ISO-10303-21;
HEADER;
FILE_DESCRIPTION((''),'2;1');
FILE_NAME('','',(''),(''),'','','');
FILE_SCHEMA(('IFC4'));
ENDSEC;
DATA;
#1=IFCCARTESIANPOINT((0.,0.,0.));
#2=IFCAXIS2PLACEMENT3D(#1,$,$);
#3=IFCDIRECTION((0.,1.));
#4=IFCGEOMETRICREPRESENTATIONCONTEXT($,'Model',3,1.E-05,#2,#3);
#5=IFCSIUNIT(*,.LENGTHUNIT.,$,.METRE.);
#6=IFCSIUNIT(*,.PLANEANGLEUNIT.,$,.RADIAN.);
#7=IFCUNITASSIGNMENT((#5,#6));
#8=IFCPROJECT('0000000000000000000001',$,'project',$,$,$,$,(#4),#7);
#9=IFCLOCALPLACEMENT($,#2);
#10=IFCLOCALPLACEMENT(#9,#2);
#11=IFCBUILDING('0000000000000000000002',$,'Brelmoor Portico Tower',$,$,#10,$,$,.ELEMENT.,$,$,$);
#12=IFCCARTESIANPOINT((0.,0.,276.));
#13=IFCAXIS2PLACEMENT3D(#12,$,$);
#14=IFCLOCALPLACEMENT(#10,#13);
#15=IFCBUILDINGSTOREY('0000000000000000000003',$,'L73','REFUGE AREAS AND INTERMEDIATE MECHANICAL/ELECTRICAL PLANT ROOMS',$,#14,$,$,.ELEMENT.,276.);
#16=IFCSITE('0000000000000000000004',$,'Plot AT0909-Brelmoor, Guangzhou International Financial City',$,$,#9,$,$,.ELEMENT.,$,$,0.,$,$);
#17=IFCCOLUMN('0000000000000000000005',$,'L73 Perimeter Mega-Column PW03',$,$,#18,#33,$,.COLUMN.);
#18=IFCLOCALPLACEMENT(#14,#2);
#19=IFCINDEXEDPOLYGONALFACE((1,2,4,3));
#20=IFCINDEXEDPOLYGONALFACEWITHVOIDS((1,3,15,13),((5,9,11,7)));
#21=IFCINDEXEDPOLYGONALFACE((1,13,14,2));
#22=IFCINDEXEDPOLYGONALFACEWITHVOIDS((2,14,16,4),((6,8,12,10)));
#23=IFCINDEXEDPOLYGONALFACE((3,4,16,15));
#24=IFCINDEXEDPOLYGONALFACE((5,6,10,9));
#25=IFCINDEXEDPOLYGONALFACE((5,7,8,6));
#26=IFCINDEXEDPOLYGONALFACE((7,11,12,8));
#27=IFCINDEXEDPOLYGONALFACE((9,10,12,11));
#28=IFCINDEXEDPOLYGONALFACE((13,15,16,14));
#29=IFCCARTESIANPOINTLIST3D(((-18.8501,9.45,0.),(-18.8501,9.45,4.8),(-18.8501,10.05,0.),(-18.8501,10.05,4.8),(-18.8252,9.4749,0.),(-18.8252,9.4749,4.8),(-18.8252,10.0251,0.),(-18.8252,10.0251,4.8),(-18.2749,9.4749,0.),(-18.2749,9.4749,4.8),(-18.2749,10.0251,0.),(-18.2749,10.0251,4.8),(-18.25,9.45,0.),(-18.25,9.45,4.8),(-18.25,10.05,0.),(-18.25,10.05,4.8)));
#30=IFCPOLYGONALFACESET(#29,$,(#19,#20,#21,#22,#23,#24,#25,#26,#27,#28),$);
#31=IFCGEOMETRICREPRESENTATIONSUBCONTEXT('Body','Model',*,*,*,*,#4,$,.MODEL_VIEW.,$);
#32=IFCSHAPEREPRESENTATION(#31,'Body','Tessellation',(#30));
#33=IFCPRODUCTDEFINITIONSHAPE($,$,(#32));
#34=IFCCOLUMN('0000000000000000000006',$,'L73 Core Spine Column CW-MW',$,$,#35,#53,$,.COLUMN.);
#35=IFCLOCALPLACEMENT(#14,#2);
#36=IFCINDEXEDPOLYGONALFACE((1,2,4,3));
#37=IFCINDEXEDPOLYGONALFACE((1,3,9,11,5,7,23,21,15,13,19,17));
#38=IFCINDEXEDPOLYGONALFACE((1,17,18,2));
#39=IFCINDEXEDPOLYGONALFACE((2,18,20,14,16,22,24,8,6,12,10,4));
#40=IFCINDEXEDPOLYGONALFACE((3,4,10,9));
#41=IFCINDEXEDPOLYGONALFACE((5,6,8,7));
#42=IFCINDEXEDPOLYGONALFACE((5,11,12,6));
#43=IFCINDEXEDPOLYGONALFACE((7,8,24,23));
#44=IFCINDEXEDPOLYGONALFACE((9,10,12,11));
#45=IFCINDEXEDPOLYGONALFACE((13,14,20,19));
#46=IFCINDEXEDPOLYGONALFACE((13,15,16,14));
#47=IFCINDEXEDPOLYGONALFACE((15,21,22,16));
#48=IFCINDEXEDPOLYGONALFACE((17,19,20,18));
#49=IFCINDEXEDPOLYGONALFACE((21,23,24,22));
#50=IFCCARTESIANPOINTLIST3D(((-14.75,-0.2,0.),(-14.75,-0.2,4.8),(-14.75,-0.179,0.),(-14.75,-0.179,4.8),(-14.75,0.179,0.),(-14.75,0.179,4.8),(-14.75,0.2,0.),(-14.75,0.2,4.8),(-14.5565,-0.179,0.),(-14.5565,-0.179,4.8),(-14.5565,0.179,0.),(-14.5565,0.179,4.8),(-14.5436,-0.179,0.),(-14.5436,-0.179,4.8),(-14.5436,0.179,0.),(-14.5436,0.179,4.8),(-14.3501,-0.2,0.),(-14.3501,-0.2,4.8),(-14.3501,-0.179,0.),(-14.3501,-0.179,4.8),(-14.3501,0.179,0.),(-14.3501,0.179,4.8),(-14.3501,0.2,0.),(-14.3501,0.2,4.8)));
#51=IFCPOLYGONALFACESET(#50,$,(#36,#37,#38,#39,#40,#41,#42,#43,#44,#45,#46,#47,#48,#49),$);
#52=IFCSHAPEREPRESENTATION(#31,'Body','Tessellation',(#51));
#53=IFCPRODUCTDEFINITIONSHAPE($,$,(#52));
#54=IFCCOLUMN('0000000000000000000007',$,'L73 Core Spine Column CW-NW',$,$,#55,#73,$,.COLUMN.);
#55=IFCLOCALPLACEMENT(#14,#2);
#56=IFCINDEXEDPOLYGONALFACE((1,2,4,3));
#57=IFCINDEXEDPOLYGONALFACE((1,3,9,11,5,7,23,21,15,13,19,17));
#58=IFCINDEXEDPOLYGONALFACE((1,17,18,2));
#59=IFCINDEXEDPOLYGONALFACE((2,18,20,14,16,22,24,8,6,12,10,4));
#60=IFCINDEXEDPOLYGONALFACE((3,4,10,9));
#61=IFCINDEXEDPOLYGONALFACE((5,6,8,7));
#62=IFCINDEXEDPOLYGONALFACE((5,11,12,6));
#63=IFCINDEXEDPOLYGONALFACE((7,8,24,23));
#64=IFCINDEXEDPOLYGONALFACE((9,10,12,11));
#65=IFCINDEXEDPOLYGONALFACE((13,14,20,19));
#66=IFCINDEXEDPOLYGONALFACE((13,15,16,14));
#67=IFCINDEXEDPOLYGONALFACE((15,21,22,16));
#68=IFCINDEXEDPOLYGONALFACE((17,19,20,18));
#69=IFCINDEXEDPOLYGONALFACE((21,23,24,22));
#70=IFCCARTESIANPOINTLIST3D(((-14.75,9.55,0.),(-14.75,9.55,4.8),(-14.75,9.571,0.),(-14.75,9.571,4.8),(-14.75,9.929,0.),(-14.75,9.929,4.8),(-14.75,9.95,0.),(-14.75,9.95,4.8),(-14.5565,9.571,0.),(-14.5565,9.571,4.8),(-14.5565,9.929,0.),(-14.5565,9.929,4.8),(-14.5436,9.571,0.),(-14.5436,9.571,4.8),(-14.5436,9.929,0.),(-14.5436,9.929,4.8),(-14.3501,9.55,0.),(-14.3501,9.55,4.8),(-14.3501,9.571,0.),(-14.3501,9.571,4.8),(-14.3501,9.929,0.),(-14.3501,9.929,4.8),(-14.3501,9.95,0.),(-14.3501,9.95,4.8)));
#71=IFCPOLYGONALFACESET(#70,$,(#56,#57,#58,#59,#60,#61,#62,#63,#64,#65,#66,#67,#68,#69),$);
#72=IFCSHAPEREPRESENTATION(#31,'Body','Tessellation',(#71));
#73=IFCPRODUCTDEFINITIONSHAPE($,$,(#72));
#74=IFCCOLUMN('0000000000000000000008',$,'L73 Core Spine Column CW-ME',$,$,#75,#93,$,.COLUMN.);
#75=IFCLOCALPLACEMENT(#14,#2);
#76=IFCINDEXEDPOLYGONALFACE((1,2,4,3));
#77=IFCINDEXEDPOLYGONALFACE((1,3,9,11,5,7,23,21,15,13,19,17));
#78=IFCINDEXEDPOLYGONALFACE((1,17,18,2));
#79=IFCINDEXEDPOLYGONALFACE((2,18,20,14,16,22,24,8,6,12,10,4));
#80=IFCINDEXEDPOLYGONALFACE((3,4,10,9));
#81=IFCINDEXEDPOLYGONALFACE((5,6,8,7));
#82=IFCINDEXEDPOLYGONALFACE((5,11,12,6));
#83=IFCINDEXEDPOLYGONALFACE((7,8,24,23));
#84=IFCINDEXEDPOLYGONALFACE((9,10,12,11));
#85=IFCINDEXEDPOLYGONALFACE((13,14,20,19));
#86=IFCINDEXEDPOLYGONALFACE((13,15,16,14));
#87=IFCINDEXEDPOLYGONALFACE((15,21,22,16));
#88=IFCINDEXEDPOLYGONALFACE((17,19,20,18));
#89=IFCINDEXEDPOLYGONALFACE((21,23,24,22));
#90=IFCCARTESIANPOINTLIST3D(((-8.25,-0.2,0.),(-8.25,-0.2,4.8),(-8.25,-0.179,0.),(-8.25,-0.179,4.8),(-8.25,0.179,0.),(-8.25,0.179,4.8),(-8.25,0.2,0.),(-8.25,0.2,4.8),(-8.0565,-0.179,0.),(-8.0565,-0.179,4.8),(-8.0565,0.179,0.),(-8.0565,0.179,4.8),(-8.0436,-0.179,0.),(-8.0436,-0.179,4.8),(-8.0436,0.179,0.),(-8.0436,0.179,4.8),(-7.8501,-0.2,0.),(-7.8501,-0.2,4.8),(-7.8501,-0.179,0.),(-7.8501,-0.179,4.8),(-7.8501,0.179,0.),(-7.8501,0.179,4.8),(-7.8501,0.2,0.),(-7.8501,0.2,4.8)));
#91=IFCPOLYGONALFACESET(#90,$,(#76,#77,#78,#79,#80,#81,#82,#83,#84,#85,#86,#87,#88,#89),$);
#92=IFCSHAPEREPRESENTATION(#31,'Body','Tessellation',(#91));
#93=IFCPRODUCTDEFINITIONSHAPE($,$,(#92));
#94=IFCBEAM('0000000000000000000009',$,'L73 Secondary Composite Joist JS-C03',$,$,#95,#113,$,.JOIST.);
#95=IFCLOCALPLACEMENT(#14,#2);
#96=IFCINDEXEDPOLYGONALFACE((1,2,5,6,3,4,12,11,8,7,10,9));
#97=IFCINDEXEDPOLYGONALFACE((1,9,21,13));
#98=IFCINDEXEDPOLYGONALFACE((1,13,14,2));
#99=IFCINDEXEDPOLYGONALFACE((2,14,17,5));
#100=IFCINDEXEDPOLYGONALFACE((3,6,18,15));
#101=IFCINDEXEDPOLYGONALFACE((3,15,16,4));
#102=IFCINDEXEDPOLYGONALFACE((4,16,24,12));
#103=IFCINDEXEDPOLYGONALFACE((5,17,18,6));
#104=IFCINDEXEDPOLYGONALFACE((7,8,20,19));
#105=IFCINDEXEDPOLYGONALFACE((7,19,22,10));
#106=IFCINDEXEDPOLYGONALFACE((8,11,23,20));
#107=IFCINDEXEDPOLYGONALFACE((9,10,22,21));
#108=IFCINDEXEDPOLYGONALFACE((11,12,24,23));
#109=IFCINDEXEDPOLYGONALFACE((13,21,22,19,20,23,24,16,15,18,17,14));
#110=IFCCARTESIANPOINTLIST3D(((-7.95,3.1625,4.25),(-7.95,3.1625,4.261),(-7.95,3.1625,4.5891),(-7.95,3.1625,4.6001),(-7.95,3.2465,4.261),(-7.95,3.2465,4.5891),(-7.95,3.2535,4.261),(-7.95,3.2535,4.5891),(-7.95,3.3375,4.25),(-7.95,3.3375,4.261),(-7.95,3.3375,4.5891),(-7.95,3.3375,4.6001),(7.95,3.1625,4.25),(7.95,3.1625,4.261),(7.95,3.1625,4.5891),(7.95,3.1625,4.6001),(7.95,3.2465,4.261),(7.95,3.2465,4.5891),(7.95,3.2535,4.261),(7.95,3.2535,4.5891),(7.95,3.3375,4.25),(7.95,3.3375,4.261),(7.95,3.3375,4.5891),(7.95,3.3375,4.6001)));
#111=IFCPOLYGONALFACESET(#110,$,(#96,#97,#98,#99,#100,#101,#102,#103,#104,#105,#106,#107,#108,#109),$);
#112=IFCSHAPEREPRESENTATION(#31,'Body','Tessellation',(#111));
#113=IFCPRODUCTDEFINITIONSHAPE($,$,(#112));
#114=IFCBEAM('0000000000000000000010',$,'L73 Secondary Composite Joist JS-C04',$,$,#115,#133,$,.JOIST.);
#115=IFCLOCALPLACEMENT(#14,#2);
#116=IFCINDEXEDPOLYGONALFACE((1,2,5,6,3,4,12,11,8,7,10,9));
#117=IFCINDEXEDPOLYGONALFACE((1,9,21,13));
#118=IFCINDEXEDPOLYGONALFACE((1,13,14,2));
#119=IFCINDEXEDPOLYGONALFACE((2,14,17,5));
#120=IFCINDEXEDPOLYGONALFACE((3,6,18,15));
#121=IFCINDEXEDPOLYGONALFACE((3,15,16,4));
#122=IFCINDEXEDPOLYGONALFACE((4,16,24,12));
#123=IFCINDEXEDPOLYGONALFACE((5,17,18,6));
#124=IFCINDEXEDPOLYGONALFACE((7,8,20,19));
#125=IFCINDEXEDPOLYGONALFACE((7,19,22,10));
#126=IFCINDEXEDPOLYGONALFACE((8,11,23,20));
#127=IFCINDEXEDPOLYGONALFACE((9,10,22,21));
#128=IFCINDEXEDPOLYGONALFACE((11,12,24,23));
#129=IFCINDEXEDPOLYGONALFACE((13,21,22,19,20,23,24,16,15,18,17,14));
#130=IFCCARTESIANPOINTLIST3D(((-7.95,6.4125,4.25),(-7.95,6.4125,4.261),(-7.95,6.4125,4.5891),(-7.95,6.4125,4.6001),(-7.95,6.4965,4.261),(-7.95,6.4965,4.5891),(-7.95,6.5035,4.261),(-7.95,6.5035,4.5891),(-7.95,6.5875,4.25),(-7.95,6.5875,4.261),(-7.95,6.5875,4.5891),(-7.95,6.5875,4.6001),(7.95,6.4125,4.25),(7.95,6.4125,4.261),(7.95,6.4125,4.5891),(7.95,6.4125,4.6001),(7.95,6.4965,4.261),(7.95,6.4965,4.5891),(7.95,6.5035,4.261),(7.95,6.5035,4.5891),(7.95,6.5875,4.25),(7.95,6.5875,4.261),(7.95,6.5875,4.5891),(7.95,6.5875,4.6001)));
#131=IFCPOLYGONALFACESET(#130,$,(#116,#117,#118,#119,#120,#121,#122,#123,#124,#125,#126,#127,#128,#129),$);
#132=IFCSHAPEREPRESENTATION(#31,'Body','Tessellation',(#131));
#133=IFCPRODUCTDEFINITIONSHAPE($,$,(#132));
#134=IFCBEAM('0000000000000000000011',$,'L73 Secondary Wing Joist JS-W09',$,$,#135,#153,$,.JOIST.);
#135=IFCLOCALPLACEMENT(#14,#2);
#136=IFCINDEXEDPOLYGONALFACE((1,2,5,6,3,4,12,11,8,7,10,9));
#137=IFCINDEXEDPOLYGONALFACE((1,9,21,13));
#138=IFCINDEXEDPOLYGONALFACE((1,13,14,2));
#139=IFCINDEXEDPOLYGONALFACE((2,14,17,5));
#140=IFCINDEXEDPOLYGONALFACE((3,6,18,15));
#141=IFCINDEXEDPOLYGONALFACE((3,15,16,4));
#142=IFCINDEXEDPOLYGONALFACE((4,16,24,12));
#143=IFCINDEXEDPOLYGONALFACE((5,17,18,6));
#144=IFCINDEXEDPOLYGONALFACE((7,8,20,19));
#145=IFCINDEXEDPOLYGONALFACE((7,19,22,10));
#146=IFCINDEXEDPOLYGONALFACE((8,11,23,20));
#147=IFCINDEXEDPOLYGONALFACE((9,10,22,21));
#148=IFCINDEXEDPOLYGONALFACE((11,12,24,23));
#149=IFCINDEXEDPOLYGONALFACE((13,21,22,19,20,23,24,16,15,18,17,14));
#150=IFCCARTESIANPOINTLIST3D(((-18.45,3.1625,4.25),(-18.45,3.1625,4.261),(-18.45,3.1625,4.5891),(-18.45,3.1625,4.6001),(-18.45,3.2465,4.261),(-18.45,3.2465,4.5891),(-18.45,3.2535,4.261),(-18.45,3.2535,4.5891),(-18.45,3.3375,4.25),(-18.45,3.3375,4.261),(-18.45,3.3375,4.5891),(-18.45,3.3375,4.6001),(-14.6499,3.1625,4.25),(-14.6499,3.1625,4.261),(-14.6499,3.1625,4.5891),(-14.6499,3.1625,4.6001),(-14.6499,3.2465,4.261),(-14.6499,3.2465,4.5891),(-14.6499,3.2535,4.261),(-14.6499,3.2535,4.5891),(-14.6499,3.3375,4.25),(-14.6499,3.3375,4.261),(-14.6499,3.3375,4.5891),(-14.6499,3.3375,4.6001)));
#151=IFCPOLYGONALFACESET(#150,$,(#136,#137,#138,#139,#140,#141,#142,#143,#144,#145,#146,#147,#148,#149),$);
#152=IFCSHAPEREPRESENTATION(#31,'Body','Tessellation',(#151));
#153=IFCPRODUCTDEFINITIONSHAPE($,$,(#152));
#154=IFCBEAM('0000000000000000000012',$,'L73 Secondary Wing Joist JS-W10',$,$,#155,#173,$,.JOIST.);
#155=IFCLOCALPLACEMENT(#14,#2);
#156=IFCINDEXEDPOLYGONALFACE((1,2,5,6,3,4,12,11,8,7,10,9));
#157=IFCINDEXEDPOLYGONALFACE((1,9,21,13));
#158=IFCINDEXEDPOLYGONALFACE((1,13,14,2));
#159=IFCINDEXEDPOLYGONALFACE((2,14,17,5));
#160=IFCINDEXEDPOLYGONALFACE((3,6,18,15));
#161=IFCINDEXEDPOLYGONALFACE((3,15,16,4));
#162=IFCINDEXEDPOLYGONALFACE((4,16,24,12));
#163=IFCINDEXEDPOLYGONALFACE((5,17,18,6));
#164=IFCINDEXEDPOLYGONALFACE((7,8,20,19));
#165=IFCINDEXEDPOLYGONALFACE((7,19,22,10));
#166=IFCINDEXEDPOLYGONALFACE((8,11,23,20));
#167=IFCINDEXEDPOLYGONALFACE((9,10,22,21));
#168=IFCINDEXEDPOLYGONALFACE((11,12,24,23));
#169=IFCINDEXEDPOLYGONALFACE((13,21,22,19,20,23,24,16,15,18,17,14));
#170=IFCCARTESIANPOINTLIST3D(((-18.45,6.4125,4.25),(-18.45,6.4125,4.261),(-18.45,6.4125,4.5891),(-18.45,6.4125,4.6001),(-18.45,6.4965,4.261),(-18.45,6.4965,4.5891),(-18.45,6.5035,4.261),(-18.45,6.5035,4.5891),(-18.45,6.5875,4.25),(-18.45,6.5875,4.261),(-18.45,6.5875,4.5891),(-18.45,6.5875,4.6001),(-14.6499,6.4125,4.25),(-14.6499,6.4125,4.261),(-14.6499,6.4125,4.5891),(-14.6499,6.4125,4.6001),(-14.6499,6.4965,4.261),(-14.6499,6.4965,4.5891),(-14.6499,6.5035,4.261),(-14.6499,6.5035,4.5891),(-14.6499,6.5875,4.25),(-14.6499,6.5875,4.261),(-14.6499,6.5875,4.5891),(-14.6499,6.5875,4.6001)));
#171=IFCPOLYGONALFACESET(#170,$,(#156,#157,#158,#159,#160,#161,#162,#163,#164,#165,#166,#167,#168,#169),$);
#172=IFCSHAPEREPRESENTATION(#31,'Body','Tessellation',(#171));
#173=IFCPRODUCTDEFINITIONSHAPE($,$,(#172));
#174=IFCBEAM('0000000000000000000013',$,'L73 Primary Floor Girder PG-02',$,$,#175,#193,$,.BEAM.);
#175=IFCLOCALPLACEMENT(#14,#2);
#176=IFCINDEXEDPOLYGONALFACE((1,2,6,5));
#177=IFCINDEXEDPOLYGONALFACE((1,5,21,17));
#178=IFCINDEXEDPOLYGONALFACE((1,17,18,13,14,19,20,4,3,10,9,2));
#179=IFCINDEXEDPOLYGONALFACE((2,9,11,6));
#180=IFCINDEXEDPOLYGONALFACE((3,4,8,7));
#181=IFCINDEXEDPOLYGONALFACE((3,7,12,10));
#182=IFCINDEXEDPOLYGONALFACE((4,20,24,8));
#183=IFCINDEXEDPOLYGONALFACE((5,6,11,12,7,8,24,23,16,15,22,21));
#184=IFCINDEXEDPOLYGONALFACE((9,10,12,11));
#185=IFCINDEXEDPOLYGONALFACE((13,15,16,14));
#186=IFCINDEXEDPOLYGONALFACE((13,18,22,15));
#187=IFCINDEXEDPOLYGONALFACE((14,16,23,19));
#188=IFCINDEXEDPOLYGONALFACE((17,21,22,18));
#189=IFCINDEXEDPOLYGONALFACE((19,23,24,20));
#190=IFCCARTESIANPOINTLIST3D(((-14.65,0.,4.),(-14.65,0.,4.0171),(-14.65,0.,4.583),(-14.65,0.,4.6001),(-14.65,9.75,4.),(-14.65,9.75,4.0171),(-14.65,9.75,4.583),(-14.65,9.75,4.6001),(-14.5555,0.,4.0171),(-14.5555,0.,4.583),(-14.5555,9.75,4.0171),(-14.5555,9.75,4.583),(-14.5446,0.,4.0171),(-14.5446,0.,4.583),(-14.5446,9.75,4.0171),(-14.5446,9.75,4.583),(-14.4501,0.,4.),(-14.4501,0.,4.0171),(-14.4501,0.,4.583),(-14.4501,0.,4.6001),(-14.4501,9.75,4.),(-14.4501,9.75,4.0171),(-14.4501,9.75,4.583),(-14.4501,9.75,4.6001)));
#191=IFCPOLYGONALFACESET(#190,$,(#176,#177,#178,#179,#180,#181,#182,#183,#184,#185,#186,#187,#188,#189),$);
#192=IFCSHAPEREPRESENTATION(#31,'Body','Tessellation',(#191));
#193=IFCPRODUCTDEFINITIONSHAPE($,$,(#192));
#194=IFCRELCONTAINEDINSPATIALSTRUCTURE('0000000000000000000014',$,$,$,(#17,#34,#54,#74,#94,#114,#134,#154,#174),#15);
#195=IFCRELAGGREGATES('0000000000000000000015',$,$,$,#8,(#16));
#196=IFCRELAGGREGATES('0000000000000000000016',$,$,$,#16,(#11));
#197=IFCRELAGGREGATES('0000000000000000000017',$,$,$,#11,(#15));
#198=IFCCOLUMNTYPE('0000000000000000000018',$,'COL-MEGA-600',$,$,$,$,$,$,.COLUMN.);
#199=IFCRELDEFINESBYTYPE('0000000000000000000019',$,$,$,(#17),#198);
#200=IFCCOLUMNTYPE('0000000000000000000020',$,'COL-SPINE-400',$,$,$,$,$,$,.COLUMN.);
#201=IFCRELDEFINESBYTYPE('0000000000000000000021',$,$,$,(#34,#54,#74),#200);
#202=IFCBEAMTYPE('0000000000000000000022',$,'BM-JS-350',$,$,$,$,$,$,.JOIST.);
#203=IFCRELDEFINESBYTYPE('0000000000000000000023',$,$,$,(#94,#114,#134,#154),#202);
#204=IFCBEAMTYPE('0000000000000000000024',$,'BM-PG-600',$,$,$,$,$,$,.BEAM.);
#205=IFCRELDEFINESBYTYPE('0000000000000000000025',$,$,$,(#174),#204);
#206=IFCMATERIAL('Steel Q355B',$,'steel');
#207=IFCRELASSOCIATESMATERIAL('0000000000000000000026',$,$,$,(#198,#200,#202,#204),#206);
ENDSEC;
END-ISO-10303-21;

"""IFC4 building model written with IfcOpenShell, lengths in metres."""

from ifc_helpers import new_model, si_unit, direction, frame, origin, origin_2d, place, context, subcontext, project, spatial, hollow_rectangle, i_section, extrude, material, material_profile, profile_set, type_object, element, save


model = new_model("IFC4")

# Units and contexts
model_context = context("Model", 3, precision=1e-05, world=origin(), true_north=direction((0.0, 1.0)))
body_context = subcontext(model_context, "Body", "Model", "MODEL_VIEW")
ifc_project = project(units=[si_unit("LENGTHUNIT", "METRE"), si_unit("PLANEANGLEUNIT", "RADIAN")], contexts=[model_context])

# Site, building, storey
site_placement = place(None, origin())
site = spatial("IfcSite", under=ifc_project, at=site_placement, Name="Plot AT0909-Brelmoor, Guangzhou International Financial City", CompositionType="ELEMENT", RefElevation=0.0)
building_placement = place(site_placement, origin())
building = spatial("IfcBuilding", under=site, at=building_placement, Name="Brelmoor Portico Tower", CompositionType="ELEMENT")
storey_placement = place(building_placement, frame((0.0, 0.0, 276.0)))
storey = spatial("IfcBuildingStorey", under=building, at=storey_placement, Name="L73", Description="REFUGE AREAS AND INTERMEDIATE MECHANICAL/ELECTRICAL PLANT ROOMS", CompositionType="ELEMENT", Elevation=276.0)

# Columns
ifc_material_1 = material(Name="Steel Q355B", Category="steel")
ifc_material_profile_1 = material_profile(ifc_material_1, hollow_rectangle(XDim=0.6001, YDim=0.6001, WallThickness=0.0249, at=origin_2d()), Name="BOX 600x600x25")
ifc_profile_set_1 = profile_set([ifc_material_profile_1], Name="Steel Q355B")
column_type_1 = type_object("IfcColumnType", Name="COL-MEGA-600", PredefinedType="COLUMN", material=ifc_profile_set_1)
column_placement = place(storey_placement, frame((-18.55, 9.75, 0.0), z_axis=(0.0, 0.0, 1.0), x_axis=(0.0, 1.0, 0.0)))
element("IfcColumn", 1, at=column_placement, inside=storey, type_object=column_type_1, Name="L73 Perimeter Mega-Column PW03", PredefinedType="COLUMN", context=body_context, shape_type="SweptSolid", body=[
    extrude(hollow_rectangle(XDim=0.6001, YDim=0.6001, WallThickness=0.0249, at=origin_2d()), origin(), (0.0, 0.0, 1.0), 4.8),
])
ifc_material_profile_2 = material_profile(ifc_material_1, i_section(OverallWidth=0.3999, OverallDepth=0.3999, WebThickness=0.0129, FlangeThickness=0.021, at=origin_2d()), Name="HW 400x400x13x21")
ifc_profile_set_2 = profile_set([ifc_material_profile_2], Name="Steel Q355B")
column_type_2 = type_object("IfcColumnType", Name="COL-SPINE-400", PredefinedType="COLUMN", material=ifc_profile_set_2)
for number, where, z_axis, x_axis, name in (
    (2, (-14.55, 0.0, 0.0), (0.0, 0.0, 1.0), (1.0, 0.0, 0.0), "L73 Core Spine Column CW-MW"),
    (3, (-14.55, 9.75, 0.0), (0.0, 0.0, 1.0), (1.0, 0.0, 0.0), "L73 Core Spine Column CW-NW"),
    (4, (-8.05, 0.0, 0.0), (0.0, 0.0, 1.0), (1.0, 0.0, 0.0), "L73 Core Spine Column CW-ME"),
):
    element("IfcColumn", number, at=place(storey_placement, frame(where, z_axis=z_axis, x_axis=x_axis)), inside=storey, type_object=column_type_2, Name=name, PredefinedType="COLUMN", context=body_context, shape_type="SweptSolid", body=[
        extrude(i_section(OverallWidth=0.3999, OverallDepth=0.3999, WebThickness=0.0129, FlangeThickness=0.021, at=origin_2d()), origin(), (0.0, 0.0, 1.0), 4.8),
    ])

# Beams
ifc_material_profile_3 = material_profile(ifc_material_1, i_section(OverallWidth=0.175, OverallDepth=0.3501, WebThickness=0.0071, FlangeThickness=0.011, at=origin_2d()), Name="HN 350x175x7x11")
ifc_profile_set_3 = profile_set([ifc_material_profile_3], Name="Steel Q355B")
beam_type_1 = type_object("IfcBeamType", Name="BM-JS-350", PredefinedType="JOIST", material=ifc_profile_set_3)
for number, where, z_axis, x_axis, name in (
    (5, (-7.95, 3.25, 4.425), (1.0, 0.0, 0.0), (0.0, 1.0, 0.0), "L73 Secondary Composite Joist JS-C03"),
    (6, (-7.95, 6.5, 4.425), (1.0, 0.0, 0.0), (0.0, 1.0, 0.0), "L73 Secondary Composite Joist JS-C04"),
):
    element("IfcBeam", number, at=place(storey_placement, frame(where, z_axis=z_axis, x_axis=x_axis)), inside=storey, type_object=beam_type_1, Name=name, PredefinedType="JOIST", context=body_context, shape_type="SweptSolid", body=[
        extrude(i_section(OverallWidth=0.175, OverallDepth=0.3501, WebThickness=0.0071, FlangeThickness=0.011, at=origin_2d()), origin(), (0.0, 0.0, 1.0), 15.8999),
    ])
for number, where, z_axis, x_axis, name in (
    (7, (-18.45, 3.25, 4.425), (1.0, 0.0, 0.0), (0.0, 1.0, 0.0), "L73 Secondary Wing Joist JS-W09"),
    (8, (-18.45, 6.5, 4.425), (1.0, 0.0, 0.0), (0.0, 1.0, 0.0), "L73 Secondary Wing Joist JS-W10"),
):
    element("IfcBeam", number, at=place(storey_placement, frame(where, z_axis=z_axis, x_axis=x_axis)), inside=storey, type_object=beam_type_1, Name=name, PredefinedType="JOIST", context=body_context, shape_type="SweptSolid", body=[
        extrude(i_section(OverallWidth=0.175, OverallDepth=0.3501, WebThickness=0.0071, FlangeThickness=0.011, at=origin_2d()), origin(), (0.0, 0.0, 1.0), 3.8),
    ])
ifc_material_profile_4 = material_profile(ifc_material_1, i_section(OverallWidth=0.2, OverallDepth=0.6001, WebThickness=0.011, FlangeThickness=0.0171, at=origin_2d()), Name="HN 600x200x11x17")
ifc_profile_set_4 = profile_set([ifc_material_profile_4], Name="Steel Q355B")
beam_type_2 = type_object("IfcBeamType", Name="BM-PG-600", PredefinedType="BEAM", material=ifc_profile_set_4)
for number, where, z_axis, x_axis, name in (
    (9, (-14.55, 0.0, 4.3), (0.0, 1.0, 0.0), (-1.0, 0.0, 0.0), "L73 Primary Floor Girder PG-02"),
):
    element("IfcBeam", number, at=place(storey_placement, frame(where, z_axis=z_axis, x_axis=x_axis)), inside=storey, type_object=beam_type_2, Name=name, PredefinedType="BEAM", context=body_context, shape_type="SweptSolid", body=[
        extrude(i_section(OverallWidth=0.2, OverallDepth=0.6001, WebThickness=0.011, FlangeThickness=0.0171, at=origin_2d()), origin(), (0.0, 0.0, 1.0), 9.75),
    ])

save(model, "model.ifc")
